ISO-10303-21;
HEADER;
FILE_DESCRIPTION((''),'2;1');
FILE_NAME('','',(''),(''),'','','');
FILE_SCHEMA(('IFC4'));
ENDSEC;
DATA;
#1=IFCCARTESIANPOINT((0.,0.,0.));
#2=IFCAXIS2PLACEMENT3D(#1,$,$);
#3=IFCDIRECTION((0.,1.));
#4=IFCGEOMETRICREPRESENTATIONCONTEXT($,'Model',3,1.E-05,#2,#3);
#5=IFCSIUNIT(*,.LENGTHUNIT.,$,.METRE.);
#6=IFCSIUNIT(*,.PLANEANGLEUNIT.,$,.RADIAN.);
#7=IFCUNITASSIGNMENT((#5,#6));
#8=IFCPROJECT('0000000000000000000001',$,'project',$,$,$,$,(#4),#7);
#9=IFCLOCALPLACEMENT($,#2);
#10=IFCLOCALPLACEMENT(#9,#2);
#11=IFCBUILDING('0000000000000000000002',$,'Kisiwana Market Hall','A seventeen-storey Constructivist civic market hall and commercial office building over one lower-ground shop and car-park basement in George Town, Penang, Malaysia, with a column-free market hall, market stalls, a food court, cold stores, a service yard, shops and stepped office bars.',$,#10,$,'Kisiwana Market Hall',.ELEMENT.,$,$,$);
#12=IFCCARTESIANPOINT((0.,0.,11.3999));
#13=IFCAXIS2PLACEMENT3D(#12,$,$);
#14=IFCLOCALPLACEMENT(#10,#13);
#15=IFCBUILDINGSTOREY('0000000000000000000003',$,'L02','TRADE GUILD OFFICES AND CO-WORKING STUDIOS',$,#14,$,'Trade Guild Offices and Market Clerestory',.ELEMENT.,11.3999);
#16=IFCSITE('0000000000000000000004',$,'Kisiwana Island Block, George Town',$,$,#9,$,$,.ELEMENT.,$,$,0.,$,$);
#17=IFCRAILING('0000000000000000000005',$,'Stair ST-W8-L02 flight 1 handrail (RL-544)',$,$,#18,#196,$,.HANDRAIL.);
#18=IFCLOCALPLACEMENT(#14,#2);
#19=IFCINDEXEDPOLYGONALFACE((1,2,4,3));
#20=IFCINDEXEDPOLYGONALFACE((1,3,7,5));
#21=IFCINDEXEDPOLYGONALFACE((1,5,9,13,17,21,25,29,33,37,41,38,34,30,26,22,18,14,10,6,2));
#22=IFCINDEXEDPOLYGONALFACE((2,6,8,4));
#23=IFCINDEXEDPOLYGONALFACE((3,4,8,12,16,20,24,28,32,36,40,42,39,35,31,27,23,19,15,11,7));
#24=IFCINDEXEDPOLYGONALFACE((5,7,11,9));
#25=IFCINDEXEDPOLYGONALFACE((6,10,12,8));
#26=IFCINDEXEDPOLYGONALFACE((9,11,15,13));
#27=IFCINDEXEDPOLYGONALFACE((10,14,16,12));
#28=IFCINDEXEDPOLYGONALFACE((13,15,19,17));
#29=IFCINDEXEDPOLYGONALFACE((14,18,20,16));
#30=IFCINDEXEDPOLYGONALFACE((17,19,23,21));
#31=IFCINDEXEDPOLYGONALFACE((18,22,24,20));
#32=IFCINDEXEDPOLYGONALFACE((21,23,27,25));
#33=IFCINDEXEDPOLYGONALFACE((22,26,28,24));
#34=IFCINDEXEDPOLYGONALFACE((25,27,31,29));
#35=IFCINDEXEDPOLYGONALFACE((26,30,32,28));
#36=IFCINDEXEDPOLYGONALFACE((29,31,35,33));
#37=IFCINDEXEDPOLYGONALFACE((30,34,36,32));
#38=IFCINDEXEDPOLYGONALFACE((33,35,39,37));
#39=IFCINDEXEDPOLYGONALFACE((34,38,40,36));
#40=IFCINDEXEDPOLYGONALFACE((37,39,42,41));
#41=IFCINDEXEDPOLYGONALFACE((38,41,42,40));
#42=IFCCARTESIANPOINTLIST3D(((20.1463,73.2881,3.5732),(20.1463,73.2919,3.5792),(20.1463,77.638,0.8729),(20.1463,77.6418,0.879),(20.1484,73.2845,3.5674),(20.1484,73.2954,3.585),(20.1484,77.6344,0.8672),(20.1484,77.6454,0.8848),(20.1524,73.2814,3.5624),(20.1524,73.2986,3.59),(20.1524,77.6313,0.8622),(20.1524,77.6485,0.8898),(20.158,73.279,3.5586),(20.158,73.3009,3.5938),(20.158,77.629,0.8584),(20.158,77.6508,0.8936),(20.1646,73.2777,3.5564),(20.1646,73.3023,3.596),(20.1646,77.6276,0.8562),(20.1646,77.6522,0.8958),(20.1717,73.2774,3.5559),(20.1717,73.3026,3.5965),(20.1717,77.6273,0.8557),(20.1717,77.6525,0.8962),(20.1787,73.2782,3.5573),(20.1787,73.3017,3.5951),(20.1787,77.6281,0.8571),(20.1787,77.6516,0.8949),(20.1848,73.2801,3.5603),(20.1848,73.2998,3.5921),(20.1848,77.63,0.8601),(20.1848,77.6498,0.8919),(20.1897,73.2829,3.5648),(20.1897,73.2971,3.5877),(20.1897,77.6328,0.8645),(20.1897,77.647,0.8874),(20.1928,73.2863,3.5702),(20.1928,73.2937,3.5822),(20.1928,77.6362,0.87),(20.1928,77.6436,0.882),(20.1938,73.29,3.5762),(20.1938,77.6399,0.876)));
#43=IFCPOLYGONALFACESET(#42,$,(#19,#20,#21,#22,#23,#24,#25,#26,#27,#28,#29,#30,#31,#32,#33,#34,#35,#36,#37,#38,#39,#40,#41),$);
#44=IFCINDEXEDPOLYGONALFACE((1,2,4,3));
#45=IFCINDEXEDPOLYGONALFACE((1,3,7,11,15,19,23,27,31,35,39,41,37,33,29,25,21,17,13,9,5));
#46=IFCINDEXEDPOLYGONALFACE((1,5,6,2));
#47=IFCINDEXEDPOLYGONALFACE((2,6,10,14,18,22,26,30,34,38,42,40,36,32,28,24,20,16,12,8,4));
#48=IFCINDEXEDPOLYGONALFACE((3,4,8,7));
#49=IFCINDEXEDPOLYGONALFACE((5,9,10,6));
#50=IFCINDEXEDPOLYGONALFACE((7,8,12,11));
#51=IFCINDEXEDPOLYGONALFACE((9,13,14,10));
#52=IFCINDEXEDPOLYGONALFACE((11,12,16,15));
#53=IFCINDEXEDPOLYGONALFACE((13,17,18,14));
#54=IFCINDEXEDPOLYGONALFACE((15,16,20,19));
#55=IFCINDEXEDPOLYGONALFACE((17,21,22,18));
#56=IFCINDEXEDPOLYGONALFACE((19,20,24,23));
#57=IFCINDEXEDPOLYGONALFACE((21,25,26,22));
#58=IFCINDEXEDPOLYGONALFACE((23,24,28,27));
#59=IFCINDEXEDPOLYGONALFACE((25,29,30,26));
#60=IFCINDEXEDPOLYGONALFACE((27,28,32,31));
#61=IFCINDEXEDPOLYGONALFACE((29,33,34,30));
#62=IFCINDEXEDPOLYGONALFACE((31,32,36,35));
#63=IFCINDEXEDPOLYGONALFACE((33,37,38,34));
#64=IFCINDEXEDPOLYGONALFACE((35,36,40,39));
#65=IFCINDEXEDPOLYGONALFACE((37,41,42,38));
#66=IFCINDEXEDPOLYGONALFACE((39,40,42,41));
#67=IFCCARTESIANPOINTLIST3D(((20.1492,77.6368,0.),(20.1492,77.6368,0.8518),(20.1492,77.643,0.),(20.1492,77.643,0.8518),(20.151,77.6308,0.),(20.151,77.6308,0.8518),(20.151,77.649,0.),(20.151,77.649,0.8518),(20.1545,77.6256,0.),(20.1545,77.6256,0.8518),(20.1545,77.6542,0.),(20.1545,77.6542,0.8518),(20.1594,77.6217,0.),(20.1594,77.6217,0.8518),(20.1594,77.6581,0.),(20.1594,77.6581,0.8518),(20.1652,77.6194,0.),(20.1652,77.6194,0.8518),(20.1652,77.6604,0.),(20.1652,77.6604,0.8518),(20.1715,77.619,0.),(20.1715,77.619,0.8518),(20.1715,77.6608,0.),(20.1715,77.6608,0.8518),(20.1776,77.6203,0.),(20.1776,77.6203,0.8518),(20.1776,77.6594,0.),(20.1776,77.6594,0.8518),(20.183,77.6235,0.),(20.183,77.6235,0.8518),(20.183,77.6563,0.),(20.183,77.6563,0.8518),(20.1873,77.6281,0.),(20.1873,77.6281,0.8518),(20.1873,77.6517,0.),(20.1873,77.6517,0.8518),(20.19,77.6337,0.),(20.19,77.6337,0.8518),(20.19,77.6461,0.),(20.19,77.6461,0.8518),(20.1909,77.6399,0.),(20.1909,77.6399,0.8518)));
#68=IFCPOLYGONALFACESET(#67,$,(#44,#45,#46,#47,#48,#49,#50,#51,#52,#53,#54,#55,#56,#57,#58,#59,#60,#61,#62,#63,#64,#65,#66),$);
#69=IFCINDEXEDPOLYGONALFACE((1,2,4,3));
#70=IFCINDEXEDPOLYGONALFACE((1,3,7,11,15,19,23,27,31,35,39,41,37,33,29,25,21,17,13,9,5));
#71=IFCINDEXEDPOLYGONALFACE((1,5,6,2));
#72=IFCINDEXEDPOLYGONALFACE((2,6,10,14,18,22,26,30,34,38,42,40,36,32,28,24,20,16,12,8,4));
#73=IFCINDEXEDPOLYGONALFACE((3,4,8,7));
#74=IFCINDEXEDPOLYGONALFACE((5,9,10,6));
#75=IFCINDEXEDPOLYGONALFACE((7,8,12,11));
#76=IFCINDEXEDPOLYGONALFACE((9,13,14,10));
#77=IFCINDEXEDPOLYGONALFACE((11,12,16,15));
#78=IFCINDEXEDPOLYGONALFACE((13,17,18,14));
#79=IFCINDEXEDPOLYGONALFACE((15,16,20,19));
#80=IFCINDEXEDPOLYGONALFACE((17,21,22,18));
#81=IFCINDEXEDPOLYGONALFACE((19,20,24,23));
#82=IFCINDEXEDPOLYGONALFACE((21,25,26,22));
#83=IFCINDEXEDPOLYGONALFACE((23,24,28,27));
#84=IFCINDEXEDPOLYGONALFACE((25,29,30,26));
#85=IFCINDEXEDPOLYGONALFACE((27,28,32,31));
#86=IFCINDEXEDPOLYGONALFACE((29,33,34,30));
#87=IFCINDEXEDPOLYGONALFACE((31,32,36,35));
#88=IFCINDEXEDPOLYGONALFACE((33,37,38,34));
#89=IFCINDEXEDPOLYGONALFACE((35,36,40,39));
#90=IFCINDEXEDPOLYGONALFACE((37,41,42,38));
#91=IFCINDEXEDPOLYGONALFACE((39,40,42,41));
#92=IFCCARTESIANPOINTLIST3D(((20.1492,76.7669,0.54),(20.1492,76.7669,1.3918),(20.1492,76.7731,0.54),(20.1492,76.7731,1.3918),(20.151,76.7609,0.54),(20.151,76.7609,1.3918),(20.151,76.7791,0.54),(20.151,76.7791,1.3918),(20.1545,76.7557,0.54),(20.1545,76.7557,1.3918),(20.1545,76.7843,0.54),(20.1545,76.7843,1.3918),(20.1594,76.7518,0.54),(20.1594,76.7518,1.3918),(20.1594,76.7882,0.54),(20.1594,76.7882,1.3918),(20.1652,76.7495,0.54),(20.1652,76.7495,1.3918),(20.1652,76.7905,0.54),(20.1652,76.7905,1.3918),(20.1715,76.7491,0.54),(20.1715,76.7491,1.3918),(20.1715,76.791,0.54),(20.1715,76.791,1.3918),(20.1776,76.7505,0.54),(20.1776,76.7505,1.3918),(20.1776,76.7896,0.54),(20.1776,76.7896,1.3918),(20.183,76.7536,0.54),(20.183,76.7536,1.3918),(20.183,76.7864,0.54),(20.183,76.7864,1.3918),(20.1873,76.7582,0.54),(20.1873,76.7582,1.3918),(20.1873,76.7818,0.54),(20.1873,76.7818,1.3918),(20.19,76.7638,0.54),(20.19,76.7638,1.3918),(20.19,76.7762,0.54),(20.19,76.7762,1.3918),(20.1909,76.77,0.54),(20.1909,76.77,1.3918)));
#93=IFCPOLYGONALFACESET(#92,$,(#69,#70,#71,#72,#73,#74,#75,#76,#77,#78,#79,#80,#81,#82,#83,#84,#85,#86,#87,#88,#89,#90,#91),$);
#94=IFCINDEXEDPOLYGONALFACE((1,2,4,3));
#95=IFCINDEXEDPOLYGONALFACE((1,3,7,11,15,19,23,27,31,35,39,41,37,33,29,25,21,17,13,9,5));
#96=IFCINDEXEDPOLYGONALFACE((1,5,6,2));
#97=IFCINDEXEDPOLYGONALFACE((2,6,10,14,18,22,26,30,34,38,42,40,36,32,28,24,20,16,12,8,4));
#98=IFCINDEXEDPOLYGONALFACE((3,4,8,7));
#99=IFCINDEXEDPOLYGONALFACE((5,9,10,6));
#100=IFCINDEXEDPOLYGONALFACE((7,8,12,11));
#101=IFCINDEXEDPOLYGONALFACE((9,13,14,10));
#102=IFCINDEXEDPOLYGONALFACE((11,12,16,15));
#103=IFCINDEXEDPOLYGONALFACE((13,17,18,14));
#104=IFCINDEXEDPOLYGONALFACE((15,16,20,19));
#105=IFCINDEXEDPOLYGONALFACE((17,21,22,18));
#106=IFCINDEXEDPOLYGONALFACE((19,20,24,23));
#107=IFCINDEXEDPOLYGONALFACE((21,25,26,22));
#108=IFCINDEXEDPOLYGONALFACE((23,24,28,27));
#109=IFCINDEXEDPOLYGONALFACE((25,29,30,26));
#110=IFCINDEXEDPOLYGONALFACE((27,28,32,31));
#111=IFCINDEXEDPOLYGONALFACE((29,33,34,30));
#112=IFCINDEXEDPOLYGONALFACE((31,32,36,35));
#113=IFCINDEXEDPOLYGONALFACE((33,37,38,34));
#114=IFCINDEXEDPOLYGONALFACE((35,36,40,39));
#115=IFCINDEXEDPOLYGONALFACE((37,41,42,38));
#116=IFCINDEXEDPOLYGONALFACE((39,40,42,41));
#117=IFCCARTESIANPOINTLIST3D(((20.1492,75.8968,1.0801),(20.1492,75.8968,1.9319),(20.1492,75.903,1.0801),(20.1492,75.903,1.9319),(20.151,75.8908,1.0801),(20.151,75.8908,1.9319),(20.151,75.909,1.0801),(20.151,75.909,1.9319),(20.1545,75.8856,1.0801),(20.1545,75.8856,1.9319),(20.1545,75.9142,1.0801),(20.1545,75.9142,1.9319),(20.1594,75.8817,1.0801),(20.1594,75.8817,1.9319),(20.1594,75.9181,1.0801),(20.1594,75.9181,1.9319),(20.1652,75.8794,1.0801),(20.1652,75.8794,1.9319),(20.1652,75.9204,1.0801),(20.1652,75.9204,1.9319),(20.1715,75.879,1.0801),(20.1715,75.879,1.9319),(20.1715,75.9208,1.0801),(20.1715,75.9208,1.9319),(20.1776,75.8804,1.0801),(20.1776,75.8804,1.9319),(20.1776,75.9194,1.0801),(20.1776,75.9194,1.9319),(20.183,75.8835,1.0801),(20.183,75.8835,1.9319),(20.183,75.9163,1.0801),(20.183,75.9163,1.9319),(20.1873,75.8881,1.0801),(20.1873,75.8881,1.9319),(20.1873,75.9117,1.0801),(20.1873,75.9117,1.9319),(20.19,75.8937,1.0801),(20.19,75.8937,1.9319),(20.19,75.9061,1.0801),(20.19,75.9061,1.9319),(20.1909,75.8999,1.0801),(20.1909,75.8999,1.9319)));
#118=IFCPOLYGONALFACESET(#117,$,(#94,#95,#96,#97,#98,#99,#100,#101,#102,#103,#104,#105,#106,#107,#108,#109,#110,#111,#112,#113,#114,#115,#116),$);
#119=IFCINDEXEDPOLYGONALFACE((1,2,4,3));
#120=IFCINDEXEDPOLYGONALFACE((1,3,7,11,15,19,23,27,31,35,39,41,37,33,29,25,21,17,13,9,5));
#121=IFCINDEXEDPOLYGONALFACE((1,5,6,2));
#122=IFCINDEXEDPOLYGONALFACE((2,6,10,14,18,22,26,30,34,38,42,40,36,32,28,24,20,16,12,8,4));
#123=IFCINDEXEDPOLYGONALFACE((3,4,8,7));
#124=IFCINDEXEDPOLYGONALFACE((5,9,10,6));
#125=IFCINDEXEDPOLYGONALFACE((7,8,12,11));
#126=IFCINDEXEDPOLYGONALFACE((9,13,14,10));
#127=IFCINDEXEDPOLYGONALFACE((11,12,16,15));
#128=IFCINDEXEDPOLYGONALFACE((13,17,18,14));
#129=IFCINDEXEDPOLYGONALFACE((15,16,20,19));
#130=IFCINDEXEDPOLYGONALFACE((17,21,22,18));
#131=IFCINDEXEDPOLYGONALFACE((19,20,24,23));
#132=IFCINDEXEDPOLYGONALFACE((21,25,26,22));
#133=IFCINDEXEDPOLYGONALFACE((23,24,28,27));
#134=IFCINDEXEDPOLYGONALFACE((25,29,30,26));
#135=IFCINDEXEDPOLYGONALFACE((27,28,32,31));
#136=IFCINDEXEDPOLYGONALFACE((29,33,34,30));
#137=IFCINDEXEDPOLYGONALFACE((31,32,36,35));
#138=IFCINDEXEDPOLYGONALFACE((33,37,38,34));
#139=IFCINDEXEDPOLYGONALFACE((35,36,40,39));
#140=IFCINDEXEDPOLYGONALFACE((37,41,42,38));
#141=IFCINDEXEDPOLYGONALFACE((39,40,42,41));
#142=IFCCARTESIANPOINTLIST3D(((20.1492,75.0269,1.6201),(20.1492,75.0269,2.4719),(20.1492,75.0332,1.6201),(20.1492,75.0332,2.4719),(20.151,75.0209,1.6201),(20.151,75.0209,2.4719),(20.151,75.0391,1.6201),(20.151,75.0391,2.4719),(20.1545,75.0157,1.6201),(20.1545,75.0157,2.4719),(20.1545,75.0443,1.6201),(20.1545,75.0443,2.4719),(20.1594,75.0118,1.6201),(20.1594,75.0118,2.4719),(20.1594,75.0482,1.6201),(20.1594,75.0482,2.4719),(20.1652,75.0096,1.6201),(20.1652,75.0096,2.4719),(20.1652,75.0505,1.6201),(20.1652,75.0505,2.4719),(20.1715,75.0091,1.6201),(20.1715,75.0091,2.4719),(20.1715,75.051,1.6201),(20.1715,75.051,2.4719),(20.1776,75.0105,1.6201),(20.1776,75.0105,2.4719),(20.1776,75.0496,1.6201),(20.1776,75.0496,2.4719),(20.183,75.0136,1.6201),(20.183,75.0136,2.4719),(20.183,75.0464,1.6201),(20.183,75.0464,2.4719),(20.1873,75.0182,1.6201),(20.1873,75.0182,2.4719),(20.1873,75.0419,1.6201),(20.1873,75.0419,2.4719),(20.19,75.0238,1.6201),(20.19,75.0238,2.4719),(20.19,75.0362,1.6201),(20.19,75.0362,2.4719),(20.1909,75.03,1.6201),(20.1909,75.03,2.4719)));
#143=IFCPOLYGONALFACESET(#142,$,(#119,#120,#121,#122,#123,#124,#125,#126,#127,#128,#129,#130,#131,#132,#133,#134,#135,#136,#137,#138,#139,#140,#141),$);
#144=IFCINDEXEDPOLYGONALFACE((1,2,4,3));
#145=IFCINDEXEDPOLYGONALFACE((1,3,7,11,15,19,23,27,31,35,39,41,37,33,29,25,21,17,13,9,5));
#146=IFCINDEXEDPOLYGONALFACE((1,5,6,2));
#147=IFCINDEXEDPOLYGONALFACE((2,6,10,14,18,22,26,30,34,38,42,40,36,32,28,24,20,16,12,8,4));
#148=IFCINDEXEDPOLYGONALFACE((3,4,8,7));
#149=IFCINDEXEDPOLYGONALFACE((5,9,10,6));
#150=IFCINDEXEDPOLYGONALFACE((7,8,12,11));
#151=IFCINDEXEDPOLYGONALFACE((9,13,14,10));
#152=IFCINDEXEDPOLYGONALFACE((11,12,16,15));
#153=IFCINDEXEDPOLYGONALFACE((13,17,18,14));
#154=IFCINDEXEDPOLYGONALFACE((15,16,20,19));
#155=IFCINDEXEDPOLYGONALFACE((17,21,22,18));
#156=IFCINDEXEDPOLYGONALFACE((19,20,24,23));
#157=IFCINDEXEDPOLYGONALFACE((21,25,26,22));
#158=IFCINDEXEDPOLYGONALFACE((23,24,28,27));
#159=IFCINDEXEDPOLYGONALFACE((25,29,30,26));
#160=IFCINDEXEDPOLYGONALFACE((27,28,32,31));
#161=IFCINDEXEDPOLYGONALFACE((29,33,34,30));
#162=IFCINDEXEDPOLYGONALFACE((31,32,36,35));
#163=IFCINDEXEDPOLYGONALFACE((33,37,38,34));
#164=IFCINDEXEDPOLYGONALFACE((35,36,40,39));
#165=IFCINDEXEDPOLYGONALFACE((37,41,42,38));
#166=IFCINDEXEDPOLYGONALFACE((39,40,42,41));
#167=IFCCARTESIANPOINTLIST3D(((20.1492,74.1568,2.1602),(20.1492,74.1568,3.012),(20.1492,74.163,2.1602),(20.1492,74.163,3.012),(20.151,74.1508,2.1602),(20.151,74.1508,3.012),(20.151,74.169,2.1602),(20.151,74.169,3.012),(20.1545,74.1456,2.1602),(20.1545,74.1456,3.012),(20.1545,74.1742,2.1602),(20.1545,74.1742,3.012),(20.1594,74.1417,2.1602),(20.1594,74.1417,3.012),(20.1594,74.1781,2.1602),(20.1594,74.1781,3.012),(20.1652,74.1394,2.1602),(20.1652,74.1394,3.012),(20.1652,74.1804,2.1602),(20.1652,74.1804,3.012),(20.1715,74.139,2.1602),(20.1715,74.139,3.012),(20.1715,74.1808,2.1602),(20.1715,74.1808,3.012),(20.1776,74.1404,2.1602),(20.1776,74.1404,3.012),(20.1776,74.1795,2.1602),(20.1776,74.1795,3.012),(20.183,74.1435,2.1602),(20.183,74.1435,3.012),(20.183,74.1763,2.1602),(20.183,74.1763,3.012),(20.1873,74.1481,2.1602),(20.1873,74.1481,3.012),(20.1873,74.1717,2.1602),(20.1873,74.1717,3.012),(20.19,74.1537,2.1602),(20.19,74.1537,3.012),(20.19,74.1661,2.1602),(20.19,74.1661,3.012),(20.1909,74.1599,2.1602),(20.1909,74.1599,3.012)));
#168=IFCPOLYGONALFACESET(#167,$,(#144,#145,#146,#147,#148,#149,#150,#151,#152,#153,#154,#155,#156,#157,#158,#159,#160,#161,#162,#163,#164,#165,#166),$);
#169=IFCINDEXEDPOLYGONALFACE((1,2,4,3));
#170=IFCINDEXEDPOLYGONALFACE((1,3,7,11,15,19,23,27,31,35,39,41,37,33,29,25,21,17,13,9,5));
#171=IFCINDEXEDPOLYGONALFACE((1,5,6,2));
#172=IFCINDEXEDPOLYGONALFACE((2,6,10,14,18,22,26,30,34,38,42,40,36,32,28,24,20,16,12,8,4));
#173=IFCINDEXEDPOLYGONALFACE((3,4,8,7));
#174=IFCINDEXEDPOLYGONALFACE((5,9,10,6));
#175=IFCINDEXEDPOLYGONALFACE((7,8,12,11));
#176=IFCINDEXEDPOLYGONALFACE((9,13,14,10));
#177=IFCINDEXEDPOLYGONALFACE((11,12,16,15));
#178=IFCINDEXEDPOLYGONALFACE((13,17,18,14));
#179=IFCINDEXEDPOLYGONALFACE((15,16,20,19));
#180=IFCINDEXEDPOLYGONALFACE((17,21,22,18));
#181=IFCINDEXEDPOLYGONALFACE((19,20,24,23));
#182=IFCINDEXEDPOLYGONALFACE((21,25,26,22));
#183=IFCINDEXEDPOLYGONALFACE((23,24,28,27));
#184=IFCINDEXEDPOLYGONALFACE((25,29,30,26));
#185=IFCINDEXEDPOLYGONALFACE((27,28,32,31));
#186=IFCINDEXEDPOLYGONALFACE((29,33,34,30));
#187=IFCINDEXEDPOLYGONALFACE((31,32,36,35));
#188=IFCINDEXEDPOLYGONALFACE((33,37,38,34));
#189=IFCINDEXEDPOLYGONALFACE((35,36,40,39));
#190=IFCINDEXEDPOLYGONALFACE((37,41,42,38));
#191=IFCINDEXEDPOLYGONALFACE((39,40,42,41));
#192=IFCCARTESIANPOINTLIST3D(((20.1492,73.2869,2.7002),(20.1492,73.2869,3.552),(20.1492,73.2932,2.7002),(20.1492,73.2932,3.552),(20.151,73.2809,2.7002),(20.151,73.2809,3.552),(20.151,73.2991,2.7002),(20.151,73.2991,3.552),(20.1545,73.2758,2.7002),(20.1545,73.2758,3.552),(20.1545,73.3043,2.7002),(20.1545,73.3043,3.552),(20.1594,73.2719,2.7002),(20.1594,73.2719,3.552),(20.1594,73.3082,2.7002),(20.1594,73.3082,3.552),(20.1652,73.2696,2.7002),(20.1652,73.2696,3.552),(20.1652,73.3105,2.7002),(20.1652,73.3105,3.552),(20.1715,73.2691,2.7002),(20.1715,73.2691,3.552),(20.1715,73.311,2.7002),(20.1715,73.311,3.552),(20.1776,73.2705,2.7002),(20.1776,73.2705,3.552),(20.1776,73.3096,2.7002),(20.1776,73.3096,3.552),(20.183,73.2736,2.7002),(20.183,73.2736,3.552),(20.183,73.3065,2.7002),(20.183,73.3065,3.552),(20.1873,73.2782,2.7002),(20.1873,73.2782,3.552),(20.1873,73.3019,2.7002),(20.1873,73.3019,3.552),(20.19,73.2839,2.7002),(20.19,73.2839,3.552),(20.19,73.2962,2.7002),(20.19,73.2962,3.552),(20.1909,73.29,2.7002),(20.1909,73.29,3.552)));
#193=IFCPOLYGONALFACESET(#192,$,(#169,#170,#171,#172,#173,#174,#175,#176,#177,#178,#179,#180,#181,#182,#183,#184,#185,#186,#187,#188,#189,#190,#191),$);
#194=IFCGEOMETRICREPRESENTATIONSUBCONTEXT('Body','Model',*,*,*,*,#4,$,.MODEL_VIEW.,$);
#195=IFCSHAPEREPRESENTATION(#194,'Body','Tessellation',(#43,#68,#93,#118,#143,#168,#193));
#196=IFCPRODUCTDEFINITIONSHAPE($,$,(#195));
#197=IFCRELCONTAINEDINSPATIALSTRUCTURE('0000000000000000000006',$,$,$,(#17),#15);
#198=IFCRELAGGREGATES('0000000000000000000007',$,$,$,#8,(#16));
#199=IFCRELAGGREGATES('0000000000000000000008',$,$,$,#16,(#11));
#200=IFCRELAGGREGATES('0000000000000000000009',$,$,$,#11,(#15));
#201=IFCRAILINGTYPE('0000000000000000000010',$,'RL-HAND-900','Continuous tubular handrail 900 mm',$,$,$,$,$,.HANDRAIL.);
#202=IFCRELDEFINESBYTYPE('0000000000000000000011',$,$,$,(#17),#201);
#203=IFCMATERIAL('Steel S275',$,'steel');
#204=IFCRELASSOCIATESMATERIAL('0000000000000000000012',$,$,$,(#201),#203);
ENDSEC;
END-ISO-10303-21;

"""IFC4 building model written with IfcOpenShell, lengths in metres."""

from ifc_helpers import new_model, si_unit, direction, frame, origin, origin_2d, place, context, subcontext, project, spatial, circle, extrude, material, type_object, element, save


model = new_model("IFC4")

# Units and contexts
model_context = context("Model", 3, precision=1e-05, world=origin(), true_north=direction((0.0, 1.0)))
body_context = subcontext(model_context, "Body", "Model", "MODEL_VIEW")
ifc_project = project(units=[si_unit("LENGTHUNIT", "METRE"), si_unit("PLANEANGLEUNIT", "RADIAN")], contexts=[model_context])

# Site, building, storey
site_placement = place(None, origin())
site = spatial("IfcSite", under=ifc_project, at=site_placement, Name="Kisiwana Island Block, George Town", CompositionType="ELEMENT", RefElevation=0.0)
building_placement = place(site_placement, origin())
building = spatial("IfcBuilding", under=site, at=building_placement, Name="Kisiwana Market Hall", Description="A seventeen-storey Constructivist civic market hall and commercial office building over one lower-ground shop and car-park basement in George Town, Penang, Malaysia, with a column-free market hall, market stalls, a food court, cold stores, a service yard, shops and stepped office bars.", LongName="Kisiwana Market Hall", CompositionType="ELEMENT")
storey_placement = place(building_placement, frame((0.0, 0.0, 11.3999)))
storey = spatial("IfcBuildingStorey", under=building, at=storey_placement, Name="L02", Description="TRADE GUILD OFFICES AND CO-WORKING STUDIOS", LongName="Trade Guild Offices and Market Clerestory", CompositionType="ELEMENT", Elevation=11.3999)

# Railing
ifc_material_1 = material(Name="Steel S275", Category="steel")
railing_type_1 = type_object("IfcRailingType", Name="RL-HAND-900", Description="Continuous tubular handrail 900 mm", PredefinedType="HANDRAIL", material=ifc_material_1)
railing_1_placement = place(storey_placement, frame((20.1699, 77.6399, 0.0)))
element("IfcRailing", 1, at=railing_1_placement, inside=storey, type_object=railing_type_1, Name="Stair ST-W8-L02 flight 1 handrail (RL-544)", PredefinedType="HANDRAIL", context=body_context, shape_type="SweptSolid", body=[
    extrude(circle(Radius=0.0239, at=origin_2d()), frame((0.0, 0.0, 0.876), z_axis=(0.0, -0.849615, 0.527403), x_axis=(1.0, 0.0, 0.0)), (0.0, 0.0, 1.0), 5.1199),
    extrude(circle(Radius=0.021, at=origin_2d()), origin(), (0.0, 0.0, 1.0), 0.8518),
    extrude(circle(Radius=0.021, at=origin_2d()), frame((0.0, -0.8699, 0.54)), (0.0, 0.0, 1.0), 0.8518),
    extrude(circle(Radius=0.021, at=origin_2d()), frame((0.0, -1.74, 1.0801)), (0.0, 0.0, 1.0), 0.8518),
    extrude(circle(Radius=0.021, at=origin_2d()), frame((0.0, -2.6099, 1.6201)), (0.0, 0.0, 1.0), 0.8518),
    extrude(circle(Radius=0.021, at=origin_2d()), frame((0.0, -3.48, 2.1602)), (0.0, 0.0, 1.0), 0.8518),
    extrude(circle(Radius=0.021, at=origin_2d()), frame((0.0, -4.3499, 2.7002)), (0.0, 0.0, 1.0), 0.8518),
])

save(model, "model.ifc")
